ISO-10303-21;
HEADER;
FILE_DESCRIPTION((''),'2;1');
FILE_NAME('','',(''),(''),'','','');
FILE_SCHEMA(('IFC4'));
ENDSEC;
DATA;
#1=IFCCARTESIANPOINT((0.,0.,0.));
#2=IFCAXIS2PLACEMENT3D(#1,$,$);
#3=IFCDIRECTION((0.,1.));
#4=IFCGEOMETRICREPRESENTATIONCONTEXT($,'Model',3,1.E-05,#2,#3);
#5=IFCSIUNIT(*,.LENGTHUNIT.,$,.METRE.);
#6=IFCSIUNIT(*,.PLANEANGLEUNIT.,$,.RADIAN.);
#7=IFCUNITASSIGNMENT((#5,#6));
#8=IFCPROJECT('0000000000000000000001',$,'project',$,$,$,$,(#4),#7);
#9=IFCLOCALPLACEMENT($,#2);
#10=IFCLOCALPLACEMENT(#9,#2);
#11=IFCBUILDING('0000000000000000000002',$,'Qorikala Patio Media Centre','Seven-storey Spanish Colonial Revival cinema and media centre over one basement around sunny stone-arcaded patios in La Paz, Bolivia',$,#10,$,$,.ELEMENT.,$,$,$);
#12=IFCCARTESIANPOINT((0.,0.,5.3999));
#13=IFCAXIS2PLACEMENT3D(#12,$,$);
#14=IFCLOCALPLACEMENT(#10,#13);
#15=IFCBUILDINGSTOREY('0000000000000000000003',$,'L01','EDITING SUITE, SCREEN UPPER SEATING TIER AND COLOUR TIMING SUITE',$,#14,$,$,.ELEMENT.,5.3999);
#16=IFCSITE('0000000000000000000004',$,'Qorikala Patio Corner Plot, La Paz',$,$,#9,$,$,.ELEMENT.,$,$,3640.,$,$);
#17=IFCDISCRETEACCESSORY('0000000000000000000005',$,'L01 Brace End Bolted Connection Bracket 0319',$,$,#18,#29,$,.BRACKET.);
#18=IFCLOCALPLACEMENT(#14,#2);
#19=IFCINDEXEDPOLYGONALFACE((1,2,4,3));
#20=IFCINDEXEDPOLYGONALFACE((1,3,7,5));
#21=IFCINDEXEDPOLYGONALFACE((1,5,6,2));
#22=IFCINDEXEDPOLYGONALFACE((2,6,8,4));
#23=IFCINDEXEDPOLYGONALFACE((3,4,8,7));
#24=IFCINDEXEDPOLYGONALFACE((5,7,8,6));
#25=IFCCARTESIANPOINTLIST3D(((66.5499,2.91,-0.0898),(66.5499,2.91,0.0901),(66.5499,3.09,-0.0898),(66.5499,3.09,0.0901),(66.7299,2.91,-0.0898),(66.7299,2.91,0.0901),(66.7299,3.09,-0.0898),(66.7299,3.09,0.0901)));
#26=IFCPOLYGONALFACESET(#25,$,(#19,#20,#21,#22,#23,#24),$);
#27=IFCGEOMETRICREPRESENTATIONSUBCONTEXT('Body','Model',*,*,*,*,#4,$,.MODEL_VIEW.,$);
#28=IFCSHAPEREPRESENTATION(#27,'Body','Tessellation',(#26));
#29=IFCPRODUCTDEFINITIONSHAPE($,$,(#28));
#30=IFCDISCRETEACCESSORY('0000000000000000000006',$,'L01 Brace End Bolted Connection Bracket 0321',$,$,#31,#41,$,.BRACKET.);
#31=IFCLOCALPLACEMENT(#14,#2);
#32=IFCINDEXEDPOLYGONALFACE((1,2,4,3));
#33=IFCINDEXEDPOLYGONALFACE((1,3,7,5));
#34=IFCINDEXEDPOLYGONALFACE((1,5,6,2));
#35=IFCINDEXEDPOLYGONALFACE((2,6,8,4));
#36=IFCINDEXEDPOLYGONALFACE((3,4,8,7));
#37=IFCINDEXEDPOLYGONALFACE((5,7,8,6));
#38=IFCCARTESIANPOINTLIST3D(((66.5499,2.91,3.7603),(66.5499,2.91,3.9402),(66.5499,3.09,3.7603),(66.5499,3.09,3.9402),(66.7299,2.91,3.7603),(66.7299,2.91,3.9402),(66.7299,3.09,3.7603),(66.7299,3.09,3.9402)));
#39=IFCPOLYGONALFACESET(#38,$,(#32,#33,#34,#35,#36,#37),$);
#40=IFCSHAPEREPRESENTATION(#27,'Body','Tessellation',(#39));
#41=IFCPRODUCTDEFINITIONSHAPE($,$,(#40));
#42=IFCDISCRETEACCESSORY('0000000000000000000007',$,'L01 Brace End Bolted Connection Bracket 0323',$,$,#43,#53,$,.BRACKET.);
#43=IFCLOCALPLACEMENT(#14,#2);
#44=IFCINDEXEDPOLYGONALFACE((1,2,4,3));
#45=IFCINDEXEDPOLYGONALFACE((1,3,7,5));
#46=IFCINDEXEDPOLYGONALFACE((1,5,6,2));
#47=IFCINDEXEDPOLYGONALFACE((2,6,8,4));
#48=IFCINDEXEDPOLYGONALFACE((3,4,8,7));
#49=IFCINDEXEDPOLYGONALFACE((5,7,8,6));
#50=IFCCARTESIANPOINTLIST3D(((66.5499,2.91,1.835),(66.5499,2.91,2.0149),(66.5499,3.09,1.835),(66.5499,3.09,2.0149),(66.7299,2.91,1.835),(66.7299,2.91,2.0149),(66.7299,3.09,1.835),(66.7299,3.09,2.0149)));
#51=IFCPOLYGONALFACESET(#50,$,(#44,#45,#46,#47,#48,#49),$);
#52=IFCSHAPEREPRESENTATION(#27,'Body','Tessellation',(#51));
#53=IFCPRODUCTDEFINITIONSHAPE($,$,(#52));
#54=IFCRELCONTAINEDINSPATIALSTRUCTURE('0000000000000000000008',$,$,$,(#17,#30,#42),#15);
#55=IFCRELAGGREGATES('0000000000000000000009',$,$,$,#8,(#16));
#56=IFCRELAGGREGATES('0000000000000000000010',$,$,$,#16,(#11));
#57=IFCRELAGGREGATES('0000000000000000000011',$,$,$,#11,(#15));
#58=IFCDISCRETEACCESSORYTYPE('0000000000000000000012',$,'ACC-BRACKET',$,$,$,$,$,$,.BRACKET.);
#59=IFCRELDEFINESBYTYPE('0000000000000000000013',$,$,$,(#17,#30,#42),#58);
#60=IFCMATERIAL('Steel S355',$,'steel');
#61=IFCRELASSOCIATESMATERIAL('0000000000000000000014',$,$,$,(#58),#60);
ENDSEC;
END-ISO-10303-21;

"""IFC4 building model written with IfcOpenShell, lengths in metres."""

from ifc_helpers import new_model, si_unit, direction, frame, origin, origin_2d, place, context, subcontext, project, spatial, rectangle, extrude, material, type_object, element, save


model = new_model("IFC4")

# Units and contexts
model_context = context("Model", 3, precision=1e-05, world=origin(), true_north=direction((0.0, 1.0)))
body_context = subcontext(model_context, "Body", "Model", "MODEL_VIEW")
ifc_project = project(units=[si_unit("LENGTHUNIT", "METRE"), si_unit("PLANEANGLEUNIT", "RADIAN")], contexts=[model_context])

# Site, building, storey
site_placement = place(None, origin())
site = spatial("IfcSite", under=ifc_project, at=site_placement, Name="Qorikala Patio Corner Plot, La Paz", CompositionType="ELEMENT", RefElevation=3640.0)
building_placement = place(site_placement, origin())
building = spatial("IfcBuilding", under=site, at=building_placement, Name="Qorikala Patio Media Centre", Description="Seven-storey Spanish Colonial Revival cinema and media centre over one basement around sunny stone-arcaded patios in La Paz, Bolivia", CompositionType="ELEMENT")
storey_placement = place(building_placement, frame((0.0, 0.0, 5.3999)))
storey = spatial("IfcBuildingStorey", under=building, at=storey_placement, Name="L01", Description="EDITING SUITE, SCREEN UPPER SEATING TIER AND COLOUR TIMING SUITE", CompositionType="ELEMENT", Elevation=5.3999)

# Shared definitions
ifc_material_1 = material(Name="Steel S355", Category="steel")

# Discrete accessories
discrete_accessory_type = type_object("IfcDiscreteAccessoryType", Name="ACC-BRACKET", PredefinedType="BRACKET", material=ifc_material_1)
for number, where, z_axis, x_axis, name in (
    (1, (66.6399, 3.0, -0.0898), (0.0, 0.0, 1.0), (1.0, 0.0, 0.0), "L01 Brace End Bolted Connection Bracket 0319"),
    (2, (66.6399, 3.0, 3.7603), (0.0, 0.0, 1.0), (1.0, 0.0, 0.0), "L01 Brace End Bolted Connection Bracket 0321"),
    (3, (66.6399, 3.0, 1.835), (0.0, 0.0, 1.0), (1.0, 0.0, 0.0), "L01 Brace End Bolted Connection Bracket 0323"),
):
    element("IfcDiscreteAccessory", number, at=place(storey_placement, frame(where, z_axis=z_axis, x_axis=x_axis)), inside=storey, type_object=discrete_accessory_type, Name=name, PredefinedType="BRACKET", context=body_context, shape_type="SweptSolid", body=[
        extrude(rectangle(XDim=0.1799, YDim=0.1799, at=origin_2d()), origin(), (0.0, 0.0, 1.0), 0.1799),
    ])

save(model, "model.ifc")
